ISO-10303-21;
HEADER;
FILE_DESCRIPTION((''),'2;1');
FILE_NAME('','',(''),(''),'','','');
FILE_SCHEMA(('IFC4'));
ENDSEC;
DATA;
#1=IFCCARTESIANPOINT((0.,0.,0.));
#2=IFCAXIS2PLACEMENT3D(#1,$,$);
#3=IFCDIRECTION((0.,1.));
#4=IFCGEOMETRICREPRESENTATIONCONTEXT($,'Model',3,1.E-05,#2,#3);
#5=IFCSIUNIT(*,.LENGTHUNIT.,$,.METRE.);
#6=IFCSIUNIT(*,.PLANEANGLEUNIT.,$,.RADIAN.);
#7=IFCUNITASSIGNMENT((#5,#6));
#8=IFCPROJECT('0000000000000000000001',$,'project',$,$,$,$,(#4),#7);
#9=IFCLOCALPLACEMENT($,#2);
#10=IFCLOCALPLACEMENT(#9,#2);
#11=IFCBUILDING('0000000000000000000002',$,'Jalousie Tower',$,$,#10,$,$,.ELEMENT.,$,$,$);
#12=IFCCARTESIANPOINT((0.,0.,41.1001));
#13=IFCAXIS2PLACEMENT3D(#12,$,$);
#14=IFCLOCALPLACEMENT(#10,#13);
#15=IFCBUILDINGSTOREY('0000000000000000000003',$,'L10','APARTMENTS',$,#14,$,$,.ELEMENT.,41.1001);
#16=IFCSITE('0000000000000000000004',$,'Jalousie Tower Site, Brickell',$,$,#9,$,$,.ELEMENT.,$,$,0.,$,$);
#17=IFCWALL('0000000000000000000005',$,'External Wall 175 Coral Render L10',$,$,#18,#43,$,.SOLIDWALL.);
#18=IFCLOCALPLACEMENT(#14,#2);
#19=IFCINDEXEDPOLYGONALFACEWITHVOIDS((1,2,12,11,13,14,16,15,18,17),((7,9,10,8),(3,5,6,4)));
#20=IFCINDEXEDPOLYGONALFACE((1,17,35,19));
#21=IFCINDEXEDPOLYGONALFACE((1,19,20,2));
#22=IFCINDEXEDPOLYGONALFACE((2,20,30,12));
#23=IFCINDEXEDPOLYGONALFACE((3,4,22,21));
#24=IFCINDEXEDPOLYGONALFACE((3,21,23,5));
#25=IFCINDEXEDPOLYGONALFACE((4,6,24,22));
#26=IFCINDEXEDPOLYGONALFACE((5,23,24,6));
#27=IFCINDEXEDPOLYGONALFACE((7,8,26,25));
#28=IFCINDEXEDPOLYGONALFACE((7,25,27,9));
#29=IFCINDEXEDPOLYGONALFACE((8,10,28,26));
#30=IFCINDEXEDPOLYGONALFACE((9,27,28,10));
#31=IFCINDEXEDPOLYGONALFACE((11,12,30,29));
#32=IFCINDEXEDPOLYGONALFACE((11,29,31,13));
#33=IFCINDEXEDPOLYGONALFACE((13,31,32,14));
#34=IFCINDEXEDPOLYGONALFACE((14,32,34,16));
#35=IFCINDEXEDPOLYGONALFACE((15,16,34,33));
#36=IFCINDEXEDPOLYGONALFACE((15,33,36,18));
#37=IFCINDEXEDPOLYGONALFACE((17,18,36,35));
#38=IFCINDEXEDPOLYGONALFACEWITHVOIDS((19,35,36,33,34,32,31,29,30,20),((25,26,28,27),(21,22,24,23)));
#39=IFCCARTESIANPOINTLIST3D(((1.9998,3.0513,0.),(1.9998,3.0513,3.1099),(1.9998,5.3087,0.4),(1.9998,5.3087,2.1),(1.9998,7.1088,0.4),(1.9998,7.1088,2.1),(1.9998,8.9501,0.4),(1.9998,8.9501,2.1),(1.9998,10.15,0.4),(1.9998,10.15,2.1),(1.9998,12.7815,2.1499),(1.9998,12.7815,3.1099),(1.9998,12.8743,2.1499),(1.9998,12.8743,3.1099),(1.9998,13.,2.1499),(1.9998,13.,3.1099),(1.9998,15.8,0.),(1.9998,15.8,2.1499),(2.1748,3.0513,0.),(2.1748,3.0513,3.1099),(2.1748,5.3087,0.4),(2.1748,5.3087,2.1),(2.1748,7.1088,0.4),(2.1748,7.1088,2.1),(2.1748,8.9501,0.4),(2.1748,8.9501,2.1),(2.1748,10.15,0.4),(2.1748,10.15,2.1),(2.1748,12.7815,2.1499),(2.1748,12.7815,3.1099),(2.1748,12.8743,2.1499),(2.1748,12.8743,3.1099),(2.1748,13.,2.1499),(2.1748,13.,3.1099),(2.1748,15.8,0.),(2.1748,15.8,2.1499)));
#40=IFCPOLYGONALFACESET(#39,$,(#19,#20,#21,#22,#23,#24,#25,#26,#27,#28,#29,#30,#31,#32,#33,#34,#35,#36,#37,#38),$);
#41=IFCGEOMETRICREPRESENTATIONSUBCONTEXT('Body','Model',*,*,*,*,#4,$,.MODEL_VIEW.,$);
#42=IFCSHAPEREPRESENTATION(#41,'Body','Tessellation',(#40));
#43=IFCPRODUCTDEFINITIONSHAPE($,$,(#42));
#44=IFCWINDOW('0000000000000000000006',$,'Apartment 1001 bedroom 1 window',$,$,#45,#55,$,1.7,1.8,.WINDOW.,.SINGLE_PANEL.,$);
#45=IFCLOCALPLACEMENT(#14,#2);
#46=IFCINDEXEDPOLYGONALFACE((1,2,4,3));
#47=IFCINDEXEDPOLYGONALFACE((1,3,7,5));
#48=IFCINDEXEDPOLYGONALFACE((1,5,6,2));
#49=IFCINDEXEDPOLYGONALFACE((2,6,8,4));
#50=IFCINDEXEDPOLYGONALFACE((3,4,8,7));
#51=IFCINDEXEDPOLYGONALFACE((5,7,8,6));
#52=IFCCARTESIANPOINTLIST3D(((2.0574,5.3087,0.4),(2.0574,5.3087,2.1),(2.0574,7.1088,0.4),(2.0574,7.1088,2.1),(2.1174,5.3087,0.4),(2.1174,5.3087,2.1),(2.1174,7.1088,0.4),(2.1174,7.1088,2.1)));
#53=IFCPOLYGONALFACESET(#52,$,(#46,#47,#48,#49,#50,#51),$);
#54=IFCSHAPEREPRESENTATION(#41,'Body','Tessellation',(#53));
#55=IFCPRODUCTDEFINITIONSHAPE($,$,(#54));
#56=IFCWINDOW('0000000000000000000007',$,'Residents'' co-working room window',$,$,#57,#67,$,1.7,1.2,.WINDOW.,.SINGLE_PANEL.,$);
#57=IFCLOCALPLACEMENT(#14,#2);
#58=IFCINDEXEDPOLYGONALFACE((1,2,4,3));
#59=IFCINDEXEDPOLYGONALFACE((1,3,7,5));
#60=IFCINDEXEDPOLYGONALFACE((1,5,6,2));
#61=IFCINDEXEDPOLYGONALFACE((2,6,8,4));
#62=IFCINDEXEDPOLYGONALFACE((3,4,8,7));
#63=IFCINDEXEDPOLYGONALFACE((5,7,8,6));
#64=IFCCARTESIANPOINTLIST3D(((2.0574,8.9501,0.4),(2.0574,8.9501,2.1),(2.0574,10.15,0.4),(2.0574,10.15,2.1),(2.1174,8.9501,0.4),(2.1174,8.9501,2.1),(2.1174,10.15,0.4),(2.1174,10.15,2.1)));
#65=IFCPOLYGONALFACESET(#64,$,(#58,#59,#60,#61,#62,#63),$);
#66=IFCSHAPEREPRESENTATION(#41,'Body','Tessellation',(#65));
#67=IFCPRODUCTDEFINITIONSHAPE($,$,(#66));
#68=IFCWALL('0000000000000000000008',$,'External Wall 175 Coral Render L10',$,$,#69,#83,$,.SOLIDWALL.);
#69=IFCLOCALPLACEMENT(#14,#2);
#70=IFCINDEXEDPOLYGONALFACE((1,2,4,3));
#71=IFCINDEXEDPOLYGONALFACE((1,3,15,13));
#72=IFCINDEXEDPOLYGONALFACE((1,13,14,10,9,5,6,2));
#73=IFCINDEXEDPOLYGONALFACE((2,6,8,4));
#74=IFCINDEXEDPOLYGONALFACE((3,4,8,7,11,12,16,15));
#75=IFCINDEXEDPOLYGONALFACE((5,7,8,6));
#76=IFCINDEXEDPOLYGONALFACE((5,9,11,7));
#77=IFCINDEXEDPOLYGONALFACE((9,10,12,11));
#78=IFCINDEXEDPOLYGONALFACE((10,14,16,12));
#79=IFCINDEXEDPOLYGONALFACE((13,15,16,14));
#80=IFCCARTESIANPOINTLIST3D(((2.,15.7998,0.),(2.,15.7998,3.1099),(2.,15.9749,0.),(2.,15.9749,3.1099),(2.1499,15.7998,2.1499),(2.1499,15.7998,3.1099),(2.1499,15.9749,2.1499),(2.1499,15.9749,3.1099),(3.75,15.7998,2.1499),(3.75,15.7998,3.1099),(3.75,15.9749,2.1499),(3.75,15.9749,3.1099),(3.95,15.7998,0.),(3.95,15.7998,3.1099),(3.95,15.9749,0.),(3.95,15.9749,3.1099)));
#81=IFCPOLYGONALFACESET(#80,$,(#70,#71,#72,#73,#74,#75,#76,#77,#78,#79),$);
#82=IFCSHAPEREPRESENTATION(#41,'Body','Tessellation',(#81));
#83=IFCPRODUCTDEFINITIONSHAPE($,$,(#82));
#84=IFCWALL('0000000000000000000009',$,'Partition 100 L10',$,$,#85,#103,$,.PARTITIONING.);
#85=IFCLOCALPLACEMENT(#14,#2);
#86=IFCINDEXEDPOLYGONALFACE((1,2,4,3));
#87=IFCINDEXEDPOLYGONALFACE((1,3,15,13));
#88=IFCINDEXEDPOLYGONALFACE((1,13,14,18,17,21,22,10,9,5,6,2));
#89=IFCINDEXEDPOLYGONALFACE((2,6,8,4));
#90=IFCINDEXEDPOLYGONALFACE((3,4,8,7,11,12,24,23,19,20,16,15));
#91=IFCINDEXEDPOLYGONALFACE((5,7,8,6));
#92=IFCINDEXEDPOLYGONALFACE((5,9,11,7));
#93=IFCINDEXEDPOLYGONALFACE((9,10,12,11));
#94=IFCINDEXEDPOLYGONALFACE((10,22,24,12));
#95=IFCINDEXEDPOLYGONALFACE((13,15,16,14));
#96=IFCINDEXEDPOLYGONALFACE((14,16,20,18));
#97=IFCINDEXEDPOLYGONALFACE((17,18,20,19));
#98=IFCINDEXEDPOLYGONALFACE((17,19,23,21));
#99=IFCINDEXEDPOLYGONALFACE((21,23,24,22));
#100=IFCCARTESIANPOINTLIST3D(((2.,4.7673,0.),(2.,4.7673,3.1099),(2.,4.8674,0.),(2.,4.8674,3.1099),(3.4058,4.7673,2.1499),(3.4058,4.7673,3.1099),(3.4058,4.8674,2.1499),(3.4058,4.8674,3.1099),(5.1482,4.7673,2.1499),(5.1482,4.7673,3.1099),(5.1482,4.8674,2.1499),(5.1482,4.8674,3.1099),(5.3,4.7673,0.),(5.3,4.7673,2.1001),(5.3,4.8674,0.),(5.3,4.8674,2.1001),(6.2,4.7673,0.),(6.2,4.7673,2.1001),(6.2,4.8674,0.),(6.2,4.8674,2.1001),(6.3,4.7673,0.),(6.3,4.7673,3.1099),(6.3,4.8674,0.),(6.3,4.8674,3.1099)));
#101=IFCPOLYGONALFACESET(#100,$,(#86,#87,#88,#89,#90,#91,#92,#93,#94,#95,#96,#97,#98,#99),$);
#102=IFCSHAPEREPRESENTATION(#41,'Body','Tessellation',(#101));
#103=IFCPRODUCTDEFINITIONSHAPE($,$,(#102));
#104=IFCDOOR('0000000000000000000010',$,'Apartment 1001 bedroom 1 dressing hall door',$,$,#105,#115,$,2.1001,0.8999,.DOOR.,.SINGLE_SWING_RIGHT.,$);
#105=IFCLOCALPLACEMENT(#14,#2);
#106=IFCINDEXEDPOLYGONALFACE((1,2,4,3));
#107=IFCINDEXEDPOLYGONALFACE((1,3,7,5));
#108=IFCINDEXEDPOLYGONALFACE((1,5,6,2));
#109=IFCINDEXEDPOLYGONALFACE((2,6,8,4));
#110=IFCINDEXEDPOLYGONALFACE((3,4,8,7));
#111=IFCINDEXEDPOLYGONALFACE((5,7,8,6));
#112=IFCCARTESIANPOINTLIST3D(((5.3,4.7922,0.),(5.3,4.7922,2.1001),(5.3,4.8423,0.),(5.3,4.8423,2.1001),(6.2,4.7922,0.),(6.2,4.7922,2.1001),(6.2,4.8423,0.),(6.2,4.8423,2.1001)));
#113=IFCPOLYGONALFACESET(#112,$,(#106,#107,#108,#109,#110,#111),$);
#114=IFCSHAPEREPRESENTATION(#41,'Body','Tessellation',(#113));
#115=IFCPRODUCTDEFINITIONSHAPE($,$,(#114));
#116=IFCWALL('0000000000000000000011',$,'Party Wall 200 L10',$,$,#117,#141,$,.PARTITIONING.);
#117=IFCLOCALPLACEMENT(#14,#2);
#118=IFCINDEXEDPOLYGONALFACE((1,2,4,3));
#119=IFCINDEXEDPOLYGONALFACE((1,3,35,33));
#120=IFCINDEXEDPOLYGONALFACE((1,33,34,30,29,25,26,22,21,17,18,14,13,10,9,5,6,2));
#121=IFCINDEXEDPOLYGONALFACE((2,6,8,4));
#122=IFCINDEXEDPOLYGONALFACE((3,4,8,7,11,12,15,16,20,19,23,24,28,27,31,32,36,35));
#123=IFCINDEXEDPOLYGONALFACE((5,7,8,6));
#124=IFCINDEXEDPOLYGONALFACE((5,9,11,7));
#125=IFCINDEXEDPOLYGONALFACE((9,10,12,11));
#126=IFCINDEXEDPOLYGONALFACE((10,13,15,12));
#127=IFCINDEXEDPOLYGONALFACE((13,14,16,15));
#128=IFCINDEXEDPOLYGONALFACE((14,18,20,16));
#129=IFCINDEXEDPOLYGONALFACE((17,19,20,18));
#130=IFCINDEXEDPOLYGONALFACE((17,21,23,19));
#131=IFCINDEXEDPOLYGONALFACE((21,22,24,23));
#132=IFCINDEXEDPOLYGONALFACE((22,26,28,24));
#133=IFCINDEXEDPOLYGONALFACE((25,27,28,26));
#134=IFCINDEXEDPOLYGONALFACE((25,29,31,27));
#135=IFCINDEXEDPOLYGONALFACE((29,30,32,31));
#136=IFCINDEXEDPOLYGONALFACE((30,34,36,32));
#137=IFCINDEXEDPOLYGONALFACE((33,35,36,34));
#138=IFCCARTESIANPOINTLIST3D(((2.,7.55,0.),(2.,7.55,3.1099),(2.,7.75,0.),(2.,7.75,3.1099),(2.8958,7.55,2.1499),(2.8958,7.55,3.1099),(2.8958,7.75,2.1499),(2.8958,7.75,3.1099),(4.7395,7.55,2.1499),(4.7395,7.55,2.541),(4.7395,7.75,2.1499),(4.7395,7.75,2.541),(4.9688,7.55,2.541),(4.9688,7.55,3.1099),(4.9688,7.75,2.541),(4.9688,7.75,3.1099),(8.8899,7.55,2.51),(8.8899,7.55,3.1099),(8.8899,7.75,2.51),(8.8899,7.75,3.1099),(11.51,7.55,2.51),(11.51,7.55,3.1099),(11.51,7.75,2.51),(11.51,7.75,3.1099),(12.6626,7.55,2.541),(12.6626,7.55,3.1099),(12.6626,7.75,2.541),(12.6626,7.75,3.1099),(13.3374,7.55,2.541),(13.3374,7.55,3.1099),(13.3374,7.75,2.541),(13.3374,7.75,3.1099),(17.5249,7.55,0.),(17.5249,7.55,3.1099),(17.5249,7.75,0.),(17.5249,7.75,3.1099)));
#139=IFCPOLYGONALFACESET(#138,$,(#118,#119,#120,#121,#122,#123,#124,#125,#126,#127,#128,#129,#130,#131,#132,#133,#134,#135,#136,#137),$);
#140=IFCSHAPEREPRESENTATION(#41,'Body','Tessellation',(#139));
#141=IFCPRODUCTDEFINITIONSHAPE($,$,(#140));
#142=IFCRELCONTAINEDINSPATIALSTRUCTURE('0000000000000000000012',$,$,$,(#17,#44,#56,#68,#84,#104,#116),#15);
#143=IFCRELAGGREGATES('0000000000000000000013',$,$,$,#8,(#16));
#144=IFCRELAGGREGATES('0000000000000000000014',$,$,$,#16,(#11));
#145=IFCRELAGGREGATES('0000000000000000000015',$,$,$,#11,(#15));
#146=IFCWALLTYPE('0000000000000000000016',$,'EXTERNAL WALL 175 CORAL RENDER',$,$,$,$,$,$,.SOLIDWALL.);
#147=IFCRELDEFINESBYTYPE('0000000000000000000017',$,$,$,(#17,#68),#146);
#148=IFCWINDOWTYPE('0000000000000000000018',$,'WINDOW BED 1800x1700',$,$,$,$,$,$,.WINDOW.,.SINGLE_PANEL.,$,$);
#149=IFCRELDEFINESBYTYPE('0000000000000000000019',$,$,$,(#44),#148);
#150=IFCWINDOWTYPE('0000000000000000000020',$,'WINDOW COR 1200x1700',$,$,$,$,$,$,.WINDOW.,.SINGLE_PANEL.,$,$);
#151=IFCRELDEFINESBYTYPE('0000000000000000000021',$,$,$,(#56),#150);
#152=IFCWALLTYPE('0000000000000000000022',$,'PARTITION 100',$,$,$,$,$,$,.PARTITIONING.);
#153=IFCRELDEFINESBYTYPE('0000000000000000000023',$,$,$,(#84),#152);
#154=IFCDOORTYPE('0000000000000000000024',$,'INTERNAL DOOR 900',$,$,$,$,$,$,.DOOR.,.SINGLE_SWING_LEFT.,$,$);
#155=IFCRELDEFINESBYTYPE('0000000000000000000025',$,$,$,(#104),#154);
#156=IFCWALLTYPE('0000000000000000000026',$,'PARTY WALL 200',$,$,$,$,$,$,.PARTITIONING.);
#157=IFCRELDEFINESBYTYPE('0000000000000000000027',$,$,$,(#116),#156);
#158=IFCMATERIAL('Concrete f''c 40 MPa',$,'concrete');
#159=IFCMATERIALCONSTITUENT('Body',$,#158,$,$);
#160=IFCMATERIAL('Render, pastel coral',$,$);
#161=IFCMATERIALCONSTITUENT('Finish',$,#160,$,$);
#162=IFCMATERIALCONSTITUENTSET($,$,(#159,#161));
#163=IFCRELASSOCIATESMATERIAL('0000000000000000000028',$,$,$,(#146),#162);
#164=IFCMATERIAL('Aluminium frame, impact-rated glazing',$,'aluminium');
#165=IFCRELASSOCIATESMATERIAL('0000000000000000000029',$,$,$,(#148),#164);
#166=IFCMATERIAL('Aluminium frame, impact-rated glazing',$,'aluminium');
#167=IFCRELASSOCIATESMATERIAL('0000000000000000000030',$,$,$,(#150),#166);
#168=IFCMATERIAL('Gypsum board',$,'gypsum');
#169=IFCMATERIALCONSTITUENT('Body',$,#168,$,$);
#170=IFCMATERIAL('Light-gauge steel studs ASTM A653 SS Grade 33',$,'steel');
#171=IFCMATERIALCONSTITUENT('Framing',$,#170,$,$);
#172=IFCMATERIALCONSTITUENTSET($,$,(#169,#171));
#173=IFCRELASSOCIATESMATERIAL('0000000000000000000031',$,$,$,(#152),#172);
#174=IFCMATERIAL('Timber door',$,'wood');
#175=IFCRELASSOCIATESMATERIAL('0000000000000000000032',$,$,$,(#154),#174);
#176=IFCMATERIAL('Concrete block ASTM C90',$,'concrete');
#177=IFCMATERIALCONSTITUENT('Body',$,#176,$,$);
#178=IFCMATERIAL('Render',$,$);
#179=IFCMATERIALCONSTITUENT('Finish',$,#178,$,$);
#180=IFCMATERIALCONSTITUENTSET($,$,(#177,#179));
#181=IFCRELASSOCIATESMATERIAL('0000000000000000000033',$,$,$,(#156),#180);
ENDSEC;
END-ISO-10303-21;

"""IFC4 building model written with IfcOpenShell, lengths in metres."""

from ifc_helpers import new_model, si_unit, direction, frame, frame_2d, origin, place, context, subcontext, project, spatial, polyline, rectangle, outline, extrude, material, constituent, constituent_set, type_object, element, fill, save


model = new_model("IFC4")

# Units and contexts
model_context = context("Model", 3, precision=1e-05, world=origin(), true_north=direction((0.0, 1.0)))
body_context = subcontext(model_context, "Body", "Model", "MODEL_VIEW")
ifc_project = project(units=[si_unit("LENGTHUNIT", "METRE"), si_unit("PLANEANGLEUNIT", "RADIAN")], contexts=[model_context])

# Site, building, storey
site_placement = place(None, origin())
site = spatial("IfcSite", under=ifc_project, at=site_placement, Name="Jalousie Tower Site, Brickell", CompositionType="ELEMENT", RefElevation=0.0)
building_placement = place(site_placement, origin())
building = spatial("IfcBuilding", under=site, at=building_placement, Name="Jalousie Tower", CompositionType="ELEMENT")
storey_placement = place(building_placement, frame((0.0, 0.0, 41.1001)))
storey = spatial("IfcBuildingStorey", under=building, at=storey_placement, Name="L10", Description="APARTMENTS", CompositionType="ELEMENT", Elevation=41.1001)

# Wall, openings, windows
ifc_material_1 = material(Name="Concrete f'c 40 MPa", Category="concrete")
ifc_constituent_1 = constituent(ifc_material_1, Name="Body")
ifc_material_2 = material(Name="Render, pastel coral")
ifc_constituent_2 = constituent(ifc_material_2, Name="Finish")
ifc_constituent_set_1 = constituent_set(constituents=[ifc_constituent_1, ifc_constituent_2])
wall_type_1 = type_object("IfcWallType", Name="EXTERNAL WALL 175 CORAL RENDER", PredefinedType="SOLIDWALL", material=ifc_constituent_set_1)
wall_1_placement = place(storey_placement, frame((2.0874, 15.8, 0.0), z_axis=(0.0, 0.0, 1.0), x_axis=(0.0, -1.0, 0.0)))
wall_1 = element("IfcWall", 1, at=wall_1_placement, inside=storey, type_object=wall_type_1, Name="External Wall 175 Coral Render L10", PredefinedType="SOLIDWALL", context=body_context, shape_type="SweptSolid", body=[
    extrude(outline(polyline([(0.0, 0.0), (12.7488, 0.0), (12.7488, 3.1099), (3.0186, 3.1099), (3.0186, 2.1499), (2.9258, 2.1499), (2.9258, 3.1099), (2.8, 3.1099), (2.8, 2.1499), (0.0, 2.1499), (0.0, 0.0)])), frame((0.0, 0.0874, 0.0), z_axis=(0.0, -1.0, 0.0), x_axis=(1.0, 0.0, 0.0)), (0.0, 0.0, 1.0), 0.175),
])
opening_1_placement = place(wall_1_placement, frame((5.6499, 0.0, 0.3999)))
opening_1 = element("IfcOpeningElement", 2, at=opening_1_placement, cuts=wall_1, PredefinedType="OPENING", context=body_context, shape_type="SweptSolid", body=[
    extrude(rectangle(XDim=1.2, YDim=1.7, at=frame_2d((0.6001, 0.8501))), frame((0.0, 0.0974, 0.0), z_axis=(0.0, -1.0, 0.0), x_axis=(1.0, 0.0, 0.0)), (0.0, 0.0, 1.0), 0.1951),
])
opening_2_placement = place(wall_1_placement, frame((8.6914, 0.0, 0.3999)))
opening_2 = element("IfcOpeningElement", 3, at=opening_2_placement, cuts=wall_1, PredefinedType="OPENING", context=body_context, shape_type="SweptSolid", body=[
    extrude(rectangle(XDim=1.8, YDim=1.7, at=frame_2d((0.8999, 0.8501))), frame((0.0, 0.0974, 0.0), z_axis=(0.0, -1.0, 0.0), x_axis=(1.0, 0.0, 0.0)), (0.0, 0.0, 1.0), 0.1951),
])
ifc_material_3 = material(Name="Aluminium frame, impact-rated glazing", Category="aluminium")
window_type_1 = type_object("IfcWindowType", Name="WINDOW BED 1800x1700", PartitioningType="SINGLE_PANEL", PredefinedType="WINDOW", material=ifc_material_3)
window_1_placement = place(opening_2_placement, origin())
window_1 = element("IfcWindow", 4, at=window_1_placement, inside=storey, type_object=window_type_1, Name="Apartment 1001 bedroom 1 window", OverallHeight=1.7, OverallWidth=1.8, PartitioningType="SINGLE_PANEL", PredefinedType="WINDOW", context=body_context, shape_type="SweptSolid", body=[
    extrude(rectangle(XDim=1.8, YDim=1.7, at=frame_2d((0.8999, 0.8501))), frame((0.0, 0.03, 0.0), z_axis=(0.0, -1.0, 0.0), x_axis=(1.0, 0.0, 0.0)), (0.0, 0.0, 1.0), 0.0601),
])
fill(opening_2, window_1)
ifc_material_4 = material(Name="Aluminium frame, impact-rated glazing", Category="aluminium")
window_type_2 = type_object("IfcWindowType", Name="WINDOW COR 1200x1700", PartitioningType="SINGLE_PANEL", PredefinedType="WINDOW", material=ifc_material_4)
window_2_placement = place(opening_1_placement, origin())
window_2 = element("IfcWindow", 5, at=window_2_placement, inside=storey, type_object=window_type_2, Name="Residents' co-working room window", OverallHeight=1.7, OverallWidth=1.2, PartitioningType="SINGLE_PANEL", PredefinedType="WINDOW", context=body_context, shape_type="SweptSolid", body=[
    extrude(rectangle(XDim=1.2, YDim=1.7, at=frame_2d((0.6001, 0.8501))), frame((0.0, 0.03, 0.0), z_axis=(0.0, -1.0, 0.0), x_axis=(1.0, 0.0, 0.0)), (0.0, 0.0, 1.0), 0.0601),
])
fill(opening_1, window_2)

# Wall
wall_2_placement = place(storey_placement, frame((2.0, 15.8875, 0.0), z_axis=(0.0, 0.0, 1.0), x_axis=(1.0, 0.0, 0.0)))
element("IfcWall", 6, at=wall_2_placement, inside=storey, type_object=wall_type_1, Name="External Wall 175 Coral Render L10", PredefinedType="SOLIDWALL", context=body_context, shape_type="SweptSolid", body=[
    extrude(outline(polyline([(0.0, 0.0), (1.95, 0.0), (1.95, 3.1099), (1.75, 3.1099), (1.75, 2.1499), (0.1499, 2.1499), (0.1499, 3.1099), (0.0, 3.1099), (0.0, 0.0)])), frame((0.0, 0.0874, 0.0), z_axis=(0.0, -1.0, 0.0), x_axis=(1.0, 0.0, 0.0)), (0.0, 0.0, 1.0), 0.175),
])

# Wall, opening, door
ifc_material_5 = material(Name="Gypsum board", Category="gypsum")
ifc_constituent_3 = constituent(ifc_material_5, Name="Body")
ifc_material_6 = material(Name="Light-gauge steel studs ASTM A653 SS Grade 33", Category="steel")
ifc_constituent_4 = constituent(ifc_material_6, Name="Framing")
ifc_constituent_set_2 = constituent_set(constituents=[ifc_constituent_3, ifc_constituent_4])
wall_type_2 = type_object("IfcWallType", Name="PARTITION 100", PredefinedType="PARTITIONING", material=ifc_constituent_set_2)
wall_3_placement = place(storey_placement, frame((2.0, 4.8174, 0.0), z_axis=(0.0, 0.0, 1.0), x_axis=(1.0, 0.0, 0.0)))
wall_3 = element("IfcWall", 7, at=wall_3_placement, inside=storey, type_object=wall_type_2, Name="Partition 100 L10", PredefinedType="PARTITIONING", context=body_context, shape_type="SweptSolid", body=[
    extrude(outline(polyline([(0.0, 0.0), (4.3, 0.0), (4.3, 3.1099), (3.1482, 3.1099), (3.1482, 2.1499), (1.4058, 2.1499), (1.4058, 3.1099), (0.0, 3.1099), (0.0, 0.0)])), frame((0.0, 0.05, 0.0), z_axis=(0.0, -1.0, 0.0), x_axis=(1.0, 0.0, 0.0)), (0.0, 0.0, 1.0), 0.1001),
])
opening_3_placement = place(wall_3_placement, frame((3.3, 0.0, 0.0)))
opening_3 = element("IfcOpeningElement", 8, at=opening_3_placement, cuts=wall_3, PredefinedType="OPENING", context=body_context, shape_type="SweptSolid", body=[
    extrude(rectangle(XDim=0.8999, YDim=2.1001, at=frame_2d((0.45, 1.05))), frame((0.0, 0.0601, 0.0), z_axis=(0.0, -1.0, 0.0), x_axis=(1.0, 0.0, 0.0)), (0.0, 0.0, 1.0), 0.1201),
])
ifc_material_7 = material(Name="Timber door", Category="wood")
door_type = type_object("IfcDoorType", Name="INTERNAL DOOR 900", OperationType="SINGLE_SWING_LEFT", PredefinedType="DOOR", material=ifc_material_7)
door_placement = place(opening_3_placement, origin())
door = element("IfcDoor", 9, at=door_placement, inside=storey, type_object=door_type, Name="Apartment 1001 bedroom 1 dressing hall door", OperationType="SINGLE_SWING_RIGHT", OverallHeight=2.1001, OverallWidth=0.8999, PredefinedType="DOOR", context=body_context, shape_type="SweptSolid", body=[
    extrude(rectangle(XDim=0.8999, YDim=2.1001, at=frame_2d((0.45, 1.05))), frame((0.0, 0.0249, 0.0), z_axis=(0.0, -1.0, 0.0), x_axis=(1.0, 0.0, 0.0)), (0.0, 0.0, 1.0), 0.05),
])
fill(opening_3, door)

# Wall
ifc_material_8 = material(Name="Concrete block ASTM C90", Category="concrete")
ifc_constituent_5 = constituent(ifc_material_8, Name="Body")
ifc_material_9 = material(Name="Render")
ifc_constituent_6 = constituent(ifc_material_9, Name="Finish")
ifc_constituent_set_3 = constituent_set(constituents=[ifc_constituent_5, ifc_constituent_6])
wall_type_3 = type_object("IfcWallType", Name="PARTY WALL 200", PredefinedType="PARTITIONING", material=ifc_constituent_set_3)
wall_4_placement = place(storey_placement, frame((2.0, 7.6499, 0.0), z_axis=(0.0, 0.0, 1.0), x_axis=(1.0, 0.0, 0.0)))
element("IfcWall", 10, at=wall_4_placement, inside=storey, type_object=wall_type_3, Name="Party Wall 200 L10", PredefinedType="PARTITIONING", context=body_context, shape_type="SweptSolid", body=[
    extrude(outline(polyline([(0.0, 0.0), (15.5249, 0.0), (15.5249, 3.1099), (11.3374, 3.1099), (11.3374, 2.541), (10.6626, 2.541), (10.6626, 3.1099), (9.51, 3.1099), (9.51, 2.51), (6.8899, 2.51), (6.8899, 3.1099), (2.9688, 3.1099), (2.9688, 2.541), (2.7395, 2.541), (2.7395, 2.1499), (0.8958, 2.1499), (0.8958, 3.1099), (0.0, 3.1099), (0.0, 0.0)])), frame((0.0, 0.1001, 0.0), z_axis=(0.0, -1.0, 0.0), x_axis=(1.0, 0.0, 0.0)), (0.0, 0.0, 1.0), 0.2),
])

save(model, "model.ifc")
